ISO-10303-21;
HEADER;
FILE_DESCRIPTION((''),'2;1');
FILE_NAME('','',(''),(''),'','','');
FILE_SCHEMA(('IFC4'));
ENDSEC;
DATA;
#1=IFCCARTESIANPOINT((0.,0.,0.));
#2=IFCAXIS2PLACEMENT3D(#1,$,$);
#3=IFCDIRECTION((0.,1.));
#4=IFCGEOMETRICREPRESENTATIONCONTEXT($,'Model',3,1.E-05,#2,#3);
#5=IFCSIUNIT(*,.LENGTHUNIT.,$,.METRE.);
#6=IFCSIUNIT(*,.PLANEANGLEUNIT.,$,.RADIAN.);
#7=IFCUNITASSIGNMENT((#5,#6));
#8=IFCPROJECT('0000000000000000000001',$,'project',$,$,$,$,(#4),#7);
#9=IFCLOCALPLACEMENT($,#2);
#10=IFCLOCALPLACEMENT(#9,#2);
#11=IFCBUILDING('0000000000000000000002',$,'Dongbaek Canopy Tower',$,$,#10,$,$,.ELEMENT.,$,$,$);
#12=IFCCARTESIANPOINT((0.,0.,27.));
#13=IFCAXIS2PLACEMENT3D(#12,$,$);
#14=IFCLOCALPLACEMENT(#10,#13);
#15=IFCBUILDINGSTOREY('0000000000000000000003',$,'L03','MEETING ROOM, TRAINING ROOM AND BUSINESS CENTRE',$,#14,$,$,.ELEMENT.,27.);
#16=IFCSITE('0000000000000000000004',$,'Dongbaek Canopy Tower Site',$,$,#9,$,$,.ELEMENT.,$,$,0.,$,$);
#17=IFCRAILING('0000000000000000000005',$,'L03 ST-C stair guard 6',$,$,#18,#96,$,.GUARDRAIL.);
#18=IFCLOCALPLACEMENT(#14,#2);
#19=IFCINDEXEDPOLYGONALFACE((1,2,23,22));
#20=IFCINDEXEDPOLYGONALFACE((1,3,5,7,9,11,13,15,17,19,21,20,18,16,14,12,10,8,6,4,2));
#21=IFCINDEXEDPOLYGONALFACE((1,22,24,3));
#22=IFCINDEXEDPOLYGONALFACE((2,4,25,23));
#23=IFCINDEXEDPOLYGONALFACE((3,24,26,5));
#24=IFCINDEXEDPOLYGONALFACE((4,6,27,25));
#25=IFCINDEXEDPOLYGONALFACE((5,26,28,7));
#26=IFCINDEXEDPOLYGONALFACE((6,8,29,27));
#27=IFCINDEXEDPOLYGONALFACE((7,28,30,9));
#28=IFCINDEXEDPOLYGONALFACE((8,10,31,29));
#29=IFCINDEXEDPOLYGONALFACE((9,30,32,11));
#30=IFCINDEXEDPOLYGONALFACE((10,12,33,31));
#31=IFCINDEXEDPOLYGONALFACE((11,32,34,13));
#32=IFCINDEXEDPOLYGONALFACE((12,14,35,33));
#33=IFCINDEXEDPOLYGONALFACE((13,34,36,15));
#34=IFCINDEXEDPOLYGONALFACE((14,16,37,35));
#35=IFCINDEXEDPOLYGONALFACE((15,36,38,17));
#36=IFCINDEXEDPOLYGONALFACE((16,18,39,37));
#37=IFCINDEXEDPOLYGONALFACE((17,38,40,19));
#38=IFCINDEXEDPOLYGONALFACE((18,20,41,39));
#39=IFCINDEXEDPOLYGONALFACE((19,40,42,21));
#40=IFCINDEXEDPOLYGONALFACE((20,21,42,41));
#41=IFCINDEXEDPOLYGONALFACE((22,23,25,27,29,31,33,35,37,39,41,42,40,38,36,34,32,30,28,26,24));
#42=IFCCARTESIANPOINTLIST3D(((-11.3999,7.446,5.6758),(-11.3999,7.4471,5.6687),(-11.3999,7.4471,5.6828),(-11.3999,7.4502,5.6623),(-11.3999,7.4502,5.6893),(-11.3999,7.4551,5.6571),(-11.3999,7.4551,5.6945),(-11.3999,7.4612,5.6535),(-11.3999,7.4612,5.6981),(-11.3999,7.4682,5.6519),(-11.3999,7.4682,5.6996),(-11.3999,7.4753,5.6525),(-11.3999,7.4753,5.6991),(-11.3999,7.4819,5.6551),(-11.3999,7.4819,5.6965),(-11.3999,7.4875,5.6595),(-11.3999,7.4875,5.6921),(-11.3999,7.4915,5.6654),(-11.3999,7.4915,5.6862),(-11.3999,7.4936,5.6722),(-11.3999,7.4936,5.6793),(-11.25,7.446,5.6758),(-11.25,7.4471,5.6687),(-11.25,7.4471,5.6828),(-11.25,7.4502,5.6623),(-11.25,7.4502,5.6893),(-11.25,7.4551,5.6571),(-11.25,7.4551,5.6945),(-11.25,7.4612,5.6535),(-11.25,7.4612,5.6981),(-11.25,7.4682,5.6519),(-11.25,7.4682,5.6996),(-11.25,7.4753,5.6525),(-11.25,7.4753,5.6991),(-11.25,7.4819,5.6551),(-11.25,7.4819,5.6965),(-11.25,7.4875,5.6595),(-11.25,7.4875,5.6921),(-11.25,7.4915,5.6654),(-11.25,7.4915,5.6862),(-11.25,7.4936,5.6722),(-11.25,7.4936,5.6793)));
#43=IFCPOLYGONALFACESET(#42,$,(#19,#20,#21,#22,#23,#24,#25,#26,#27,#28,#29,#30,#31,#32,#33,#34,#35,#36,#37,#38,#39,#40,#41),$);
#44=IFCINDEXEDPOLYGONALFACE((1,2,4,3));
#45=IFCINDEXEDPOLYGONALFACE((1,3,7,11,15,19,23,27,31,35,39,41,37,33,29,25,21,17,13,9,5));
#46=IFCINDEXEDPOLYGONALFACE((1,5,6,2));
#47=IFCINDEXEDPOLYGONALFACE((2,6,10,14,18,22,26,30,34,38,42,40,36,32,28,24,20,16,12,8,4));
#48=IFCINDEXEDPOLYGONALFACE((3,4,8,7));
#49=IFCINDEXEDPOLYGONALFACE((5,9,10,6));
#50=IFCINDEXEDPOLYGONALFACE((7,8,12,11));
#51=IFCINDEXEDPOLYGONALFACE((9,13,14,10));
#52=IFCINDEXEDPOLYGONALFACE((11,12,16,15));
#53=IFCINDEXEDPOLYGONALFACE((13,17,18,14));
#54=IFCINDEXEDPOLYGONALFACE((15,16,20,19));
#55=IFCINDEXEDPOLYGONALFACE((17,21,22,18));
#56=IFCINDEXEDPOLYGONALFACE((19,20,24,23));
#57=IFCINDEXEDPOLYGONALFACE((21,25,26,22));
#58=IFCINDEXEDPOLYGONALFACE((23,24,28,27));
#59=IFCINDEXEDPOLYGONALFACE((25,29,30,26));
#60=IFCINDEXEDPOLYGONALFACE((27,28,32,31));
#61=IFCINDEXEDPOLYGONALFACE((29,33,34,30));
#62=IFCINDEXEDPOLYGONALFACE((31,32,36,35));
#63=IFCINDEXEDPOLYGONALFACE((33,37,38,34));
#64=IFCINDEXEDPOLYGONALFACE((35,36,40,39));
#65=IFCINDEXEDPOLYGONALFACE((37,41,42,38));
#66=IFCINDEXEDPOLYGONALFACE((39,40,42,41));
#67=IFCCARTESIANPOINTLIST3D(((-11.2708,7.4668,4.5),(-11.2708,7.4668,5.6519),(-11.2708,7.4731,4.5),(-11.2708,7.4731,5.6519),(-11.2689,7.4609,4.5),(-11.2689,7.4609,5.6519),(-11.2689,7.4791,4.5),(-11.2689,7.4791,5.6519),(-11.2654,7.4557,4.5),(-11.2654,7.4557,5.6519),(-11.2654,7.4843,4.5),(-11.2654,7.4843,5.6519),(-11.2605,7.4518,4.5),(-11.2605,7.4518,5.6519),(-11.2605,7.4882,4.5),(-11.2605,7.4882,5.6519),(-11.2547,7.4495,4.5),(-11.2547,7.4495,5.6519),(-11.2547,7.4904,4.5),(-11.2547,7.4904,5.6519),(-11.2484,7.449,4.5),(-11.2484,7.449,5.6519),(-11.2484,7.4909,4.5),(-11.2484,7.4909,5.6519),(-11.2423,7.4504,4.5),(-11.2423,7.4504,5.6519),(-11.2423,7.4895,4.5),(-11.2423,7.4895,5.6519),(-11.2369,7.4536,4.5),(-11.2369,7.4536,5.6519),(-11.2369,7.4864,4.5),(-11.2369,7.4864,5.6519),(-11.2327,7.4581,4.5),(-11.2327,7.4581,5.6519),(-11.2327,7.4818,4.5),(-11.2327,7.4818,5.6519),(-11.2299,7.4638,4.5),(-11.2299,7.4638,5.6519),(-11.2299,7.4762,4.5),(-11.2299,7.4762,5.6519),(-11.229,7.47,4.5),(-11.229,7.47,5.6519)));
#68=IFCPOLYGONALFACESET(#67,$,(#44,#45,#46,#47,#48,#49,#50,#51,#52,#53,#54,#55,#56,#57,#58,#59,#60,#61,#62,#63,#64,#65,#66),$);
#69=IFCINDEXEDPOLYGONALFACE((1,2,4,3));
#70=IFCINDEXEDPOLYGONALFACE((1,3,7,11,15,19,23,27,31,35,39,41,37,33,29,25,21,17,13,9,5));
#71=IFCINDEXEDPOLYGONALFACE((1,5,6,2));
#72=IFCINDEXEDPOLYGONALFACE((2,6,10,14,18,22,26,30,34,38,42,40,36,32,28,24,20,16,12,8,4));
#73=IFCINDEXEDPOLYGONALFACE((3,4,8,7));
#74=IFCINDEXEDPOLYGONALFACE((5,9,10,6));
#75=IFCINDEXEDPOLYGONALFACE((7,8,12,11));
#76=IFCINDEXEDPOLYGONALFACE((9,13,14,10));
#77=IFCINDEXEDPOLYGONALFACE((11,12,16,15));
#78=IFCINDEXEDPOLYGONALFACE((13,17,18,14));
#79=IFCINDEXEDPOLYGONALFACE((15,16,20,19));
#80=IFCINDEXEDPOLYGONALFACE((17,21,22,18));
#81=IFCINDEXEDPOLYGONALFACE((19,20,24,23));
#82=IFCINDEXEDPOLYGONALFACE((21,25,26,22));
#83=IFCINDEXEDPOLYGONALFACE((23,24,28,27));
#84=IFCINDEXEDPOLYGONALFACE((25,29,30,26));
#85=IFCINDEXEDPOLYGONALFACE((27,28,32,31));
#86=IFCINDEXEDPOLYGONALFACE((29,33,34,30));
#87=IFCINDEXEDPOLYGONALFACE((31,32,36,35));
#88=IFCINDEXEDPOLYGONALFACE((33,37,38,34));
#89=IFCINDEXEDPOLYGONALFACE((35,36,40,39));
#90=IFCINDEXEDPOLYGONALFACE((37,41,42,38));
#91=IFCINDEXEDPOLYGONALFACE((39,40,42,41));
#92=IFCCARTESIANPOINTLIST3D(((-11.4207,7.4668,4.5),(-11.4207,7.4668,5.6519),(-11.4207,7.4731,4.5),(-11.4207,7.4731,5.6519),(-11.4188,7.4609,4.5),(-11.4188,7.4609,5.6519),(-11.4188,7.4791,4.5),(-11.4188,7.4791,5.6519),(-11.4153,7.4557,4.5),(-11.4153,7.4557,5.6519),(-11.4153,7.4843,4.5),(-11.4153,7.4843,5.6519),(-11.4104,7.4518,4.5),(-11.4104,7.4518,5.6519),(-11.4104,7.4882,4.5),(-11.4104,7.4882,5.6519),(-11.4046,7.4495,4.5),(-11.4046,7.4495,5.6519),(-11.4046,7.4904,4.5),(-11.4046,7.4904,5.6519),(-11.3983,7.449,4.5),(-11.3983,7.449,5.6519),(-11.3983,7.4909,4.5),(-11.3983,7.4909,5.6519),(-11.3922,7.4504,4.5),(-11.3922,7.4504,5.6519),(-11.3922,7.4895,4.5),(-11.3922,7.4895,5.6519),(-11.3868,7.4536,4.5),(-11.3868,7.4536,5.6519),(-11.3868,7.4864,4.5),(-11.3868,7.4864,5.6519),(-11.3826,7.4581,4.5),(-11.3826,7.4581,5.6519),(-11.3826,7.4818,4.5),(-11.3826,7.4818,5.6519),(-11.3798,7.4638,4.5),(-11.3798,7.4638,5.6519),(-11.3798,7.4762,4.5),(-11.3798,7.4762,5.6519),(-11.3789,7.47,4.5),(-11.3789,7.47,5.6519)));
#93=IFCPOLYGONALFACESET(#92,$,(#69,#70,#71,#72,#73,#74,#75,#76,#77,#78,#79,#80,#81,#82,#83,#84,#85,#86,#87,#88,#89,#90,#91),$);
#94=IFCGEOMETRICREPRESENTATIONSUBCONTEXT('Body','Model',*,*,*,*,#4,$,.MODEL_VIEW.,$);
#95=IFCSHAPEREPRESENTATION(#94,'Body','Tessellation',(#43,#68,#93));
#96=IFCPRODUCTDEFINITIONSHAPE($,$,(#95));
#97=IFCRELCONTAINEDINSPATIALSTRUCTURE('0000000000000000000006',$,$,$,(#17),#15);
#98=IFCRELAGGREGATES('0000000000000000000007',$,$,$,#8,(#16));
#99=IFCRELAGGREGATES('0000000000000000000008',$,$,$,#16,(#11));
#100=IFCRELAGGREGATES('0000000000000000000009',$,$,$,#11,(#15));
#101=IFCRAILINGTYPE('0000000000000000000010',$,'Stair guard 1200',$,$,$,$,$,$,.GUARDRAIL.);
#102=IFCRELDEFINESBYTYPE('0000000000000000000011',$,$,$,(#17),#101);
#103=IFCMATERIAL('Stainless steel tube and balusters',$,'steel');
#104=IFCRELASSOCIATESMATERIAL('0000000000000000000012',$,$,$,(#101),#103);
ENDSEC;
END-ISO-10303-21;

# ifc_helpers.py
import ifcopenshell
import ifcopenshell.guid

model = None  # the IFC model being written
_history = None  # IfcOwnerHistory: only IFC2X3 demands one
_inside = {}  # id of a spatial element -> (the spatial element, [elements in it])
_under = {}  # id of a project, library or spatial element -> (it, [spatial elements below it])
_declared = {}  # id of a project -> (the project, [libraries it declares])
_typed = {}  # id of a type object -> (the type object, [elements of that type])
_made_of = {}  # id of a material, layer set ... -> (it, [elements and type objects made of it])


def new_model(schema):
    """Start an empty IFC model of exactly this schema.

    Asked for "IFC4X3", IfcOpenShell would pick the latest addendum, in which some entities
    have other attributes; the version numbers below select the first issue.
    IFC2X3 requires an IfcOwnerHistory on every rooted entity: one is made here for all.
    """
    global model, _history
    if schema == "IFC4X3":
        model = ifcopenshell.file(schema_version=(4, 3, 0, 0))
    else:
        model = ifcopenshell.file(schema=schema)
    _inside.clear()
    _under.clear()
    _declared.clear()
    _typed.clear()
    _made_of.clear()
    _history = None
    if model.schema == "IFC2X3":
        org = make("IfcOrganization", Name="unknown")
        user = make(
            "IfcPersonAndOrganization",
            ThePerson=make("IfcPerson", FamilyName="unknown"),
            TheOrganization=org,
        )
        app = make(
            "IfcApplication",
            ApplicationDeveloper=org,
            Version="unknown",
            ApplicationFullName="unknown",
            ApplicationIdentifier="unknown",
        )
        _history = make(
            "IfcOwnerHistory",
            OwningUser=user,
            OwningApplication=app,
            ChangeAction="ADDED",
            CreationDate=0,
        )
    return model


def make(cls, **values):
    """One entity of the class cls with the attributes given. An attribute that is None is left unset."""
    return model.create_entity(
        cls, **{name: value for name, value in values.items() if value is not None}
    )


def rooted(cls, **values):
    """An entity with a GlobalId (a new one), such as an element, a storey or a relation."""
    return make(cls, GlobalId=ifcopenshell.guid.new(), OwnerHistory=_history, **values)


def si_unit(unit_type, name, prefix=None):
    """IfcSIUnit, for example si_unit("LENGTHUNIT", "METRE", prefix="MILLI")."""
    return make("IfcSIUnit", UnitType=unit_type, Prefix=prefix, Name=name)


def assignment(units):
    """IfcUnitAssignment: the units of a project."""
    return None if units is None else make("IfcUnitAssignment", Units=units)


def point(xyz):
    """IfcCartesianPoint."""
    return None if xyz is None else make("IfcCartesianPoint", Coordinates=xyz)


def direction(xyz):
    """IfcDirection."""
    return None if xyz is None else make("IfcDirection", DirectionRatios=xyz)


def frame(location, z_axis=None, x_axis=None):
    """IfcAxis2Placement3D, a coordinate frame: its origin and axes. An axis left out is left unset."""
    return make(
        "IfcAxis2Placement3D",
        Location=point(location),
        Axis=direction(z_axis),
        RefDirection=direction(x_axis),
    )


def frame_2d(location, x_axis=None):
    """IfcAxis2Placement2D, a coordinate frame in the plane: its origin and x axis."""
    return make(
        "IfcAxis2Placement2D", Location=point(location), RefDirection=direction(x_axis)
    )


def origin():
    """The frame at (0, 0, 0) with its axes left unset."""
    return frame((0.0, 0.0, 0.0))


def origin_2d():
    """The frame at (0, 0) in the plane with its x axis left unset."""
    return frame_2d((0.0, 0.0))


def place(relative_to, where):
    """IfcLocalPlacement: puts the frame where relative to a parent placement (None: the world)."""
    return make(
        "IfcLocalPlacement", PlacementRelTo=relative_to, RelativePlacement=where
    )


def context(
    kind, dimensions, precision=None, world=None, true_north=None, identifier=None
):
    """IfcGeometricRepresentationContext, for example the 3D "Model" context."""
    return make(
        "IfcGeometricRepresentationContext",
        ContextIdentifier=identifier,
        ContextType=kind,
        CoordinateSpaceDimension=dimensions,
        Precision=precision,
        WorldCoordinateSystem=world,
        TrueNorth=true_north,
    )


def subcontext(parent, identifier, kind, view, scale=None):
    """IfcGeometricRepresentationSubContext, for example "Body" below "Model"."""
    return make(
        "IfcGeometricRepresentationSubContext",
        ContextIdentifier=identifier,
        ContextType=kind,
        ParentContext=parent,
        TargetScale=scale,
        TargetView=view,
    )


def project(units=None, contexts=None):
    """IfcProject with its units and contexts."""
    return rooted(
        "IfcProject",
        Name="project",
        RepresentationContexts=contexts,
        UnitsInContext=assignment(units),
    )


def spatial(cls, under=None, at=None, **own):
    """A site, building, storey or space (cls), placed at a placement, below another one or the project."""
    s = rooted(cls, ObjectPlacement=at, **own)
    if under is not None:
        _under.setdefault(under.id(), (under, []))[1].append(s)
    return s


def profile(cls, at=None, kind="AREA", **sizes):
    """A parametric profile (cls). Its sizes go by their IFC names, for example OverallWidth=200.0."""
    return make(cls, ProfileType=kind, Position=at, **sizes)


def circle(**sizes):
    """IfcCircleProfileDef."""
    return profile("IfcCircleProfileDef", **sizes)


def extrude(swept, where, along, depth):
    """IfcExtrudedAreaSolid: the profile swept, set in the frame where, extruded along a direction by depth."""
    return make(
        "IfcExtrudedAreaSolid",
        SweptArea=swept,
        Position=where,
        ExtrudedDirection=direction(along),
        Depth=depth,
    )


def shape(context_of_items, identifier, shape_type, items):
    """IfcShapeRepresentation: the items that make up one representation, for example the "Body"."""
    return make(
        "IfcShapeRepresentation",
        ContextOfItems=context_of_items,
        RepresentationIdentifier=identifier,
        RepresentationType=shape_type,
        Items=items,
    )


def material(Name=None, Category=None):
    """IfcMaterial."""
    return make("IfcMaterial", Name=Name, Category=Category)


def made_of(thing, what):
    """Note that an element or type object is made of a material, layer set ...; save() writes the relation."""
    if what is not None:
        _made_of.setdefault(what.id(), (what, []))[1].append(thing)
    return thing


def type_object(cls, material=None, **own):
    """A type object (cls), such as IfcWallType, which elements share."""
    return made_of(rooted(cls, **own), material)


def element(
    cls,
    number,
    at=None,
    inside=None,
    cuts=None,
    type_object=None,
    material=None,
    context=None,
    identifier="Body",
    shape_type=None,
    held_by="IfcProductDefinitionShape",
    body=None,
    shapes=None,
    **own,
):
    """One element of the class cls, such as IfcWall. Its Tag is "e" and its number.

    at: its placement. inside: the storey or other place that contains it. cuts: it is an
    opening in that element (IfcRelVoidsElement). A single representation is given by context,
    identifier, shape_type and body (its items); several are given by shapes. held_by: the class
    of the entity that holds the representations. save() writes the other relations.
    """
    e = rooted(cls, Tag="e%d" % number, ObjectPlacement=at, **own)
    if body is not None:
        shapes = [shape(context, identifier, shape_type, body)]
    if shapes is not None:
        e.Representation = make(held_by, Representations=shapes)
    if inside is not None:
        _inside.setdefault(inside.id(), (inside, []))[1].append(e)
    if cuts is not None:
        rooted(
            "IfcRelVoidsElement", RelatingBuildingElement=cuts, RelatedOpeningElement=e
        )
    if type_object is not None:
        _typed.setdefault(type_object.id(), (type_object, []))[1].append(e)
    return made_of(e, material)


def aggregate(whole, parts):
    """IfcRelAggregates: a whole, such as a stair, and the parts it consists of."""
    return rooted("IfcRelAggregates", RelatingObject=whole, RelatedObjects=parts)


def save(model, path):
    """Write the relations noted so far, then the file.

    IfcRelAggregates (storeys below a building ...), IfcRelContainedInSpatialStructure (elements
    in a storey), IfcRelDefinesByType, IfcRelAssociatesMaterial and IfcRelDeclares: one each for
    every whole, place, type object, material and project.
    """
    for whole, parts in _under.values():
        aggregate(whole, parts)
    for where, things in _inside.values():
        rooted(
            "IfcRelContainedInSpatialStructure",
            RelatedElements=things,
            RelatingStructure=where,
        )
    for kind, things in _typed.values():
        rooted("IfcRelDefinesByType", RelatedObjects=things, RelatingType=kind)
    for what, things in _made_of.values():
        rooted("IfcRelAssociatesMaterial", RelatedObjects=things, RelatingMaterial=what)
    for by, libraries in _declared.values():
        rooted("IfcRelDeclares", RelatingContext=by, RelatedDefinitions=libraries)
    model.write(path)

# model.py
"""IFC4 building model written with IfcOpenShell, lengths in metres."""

from ifc_helpers import new_model, si_unit, direction, frame, origin, origin_2d, place, context, subcontext, project, spatial, circle, extrude, material, type_object, element, save


model = new_model("IFC4")

# Units and contexts
model_context = context("Model", 3, precision=1e-05, world=origin(), true_north=direction((0.0, 1.0)))
body_context = subcontext(model_context, "Body", "Model", "MODEL_VIEW")
ifc_project = project(units=[si_unit("LENGTHUNIT", "METRE"), si_unit("PLANEANGLEUNIT", "RADIAN")], contexts=[model_context])

# Site, building, storey
site_placement = place(None, origin())
site = spatial("IfcSite", under=ifc_project, at=site_placement, Name="Dongbaek Canopy Tower Site", CompositionType="ELEMENT", RefElevation=0.0)
building_placement = place(site_placement, origin())
building = spatial("IfcBuilding", under=site, at=building_placement, Name="Dongbaek Canopy Tower", CompositionType="ELEMENT")
storey_placement = place(building_placement, frame((0.0, 0.0, 27.0)))
storey = spatial("IfcBuildingStorey", under=building, at=storey_placement, Name="L03", Description="MEETING ROOM, TRAINING ROOM AND BUSINESS CENTRE", CompositionType="ELEMENT", Elevation=27.0)

# Railing
ifc_material_1 = material(Name="Stainless steel tube and balusters", Category="steel")
railing_type_1 = type_object("IfcRailingType", Name="Stair guard 1200", PredefinedType="GUARDRAIL", material=ifc_material_1)
railing_1_placement = place(storey_placement, frame((-11.25, 7.47, 4.5)))
element("IfcRailing", 1, at=railing_1_placement, inside=storey, type_object=railing_type_1, Name="L03 ST-C stair guard 6", PredefinedType="GUARDRAIL", context=body_context, shape_type="SweptSolid", body=[
    extrude(circle(Radius=0.0239, at=origin_2d()), frame((0.0, 0.0, 1.1758), z_axis=(-1.0, 0.0, 0.0), x_axis=(0.0, -1.0, 0.0)), (0.0, 0.0, 1.0), 0.1499),
    extrude(circle(Radius=0.021, at=origin_2d()), origin(), (0.0, 0.0, 1.0), 1.1519),
    extrude(circle(Radius=0.021, at=origin_2d()), frame((-0.1499, 0.0, 0.0)), (0.0, 0.0, 1.0), 1.1519),
])

save(model, "model.ifc")
